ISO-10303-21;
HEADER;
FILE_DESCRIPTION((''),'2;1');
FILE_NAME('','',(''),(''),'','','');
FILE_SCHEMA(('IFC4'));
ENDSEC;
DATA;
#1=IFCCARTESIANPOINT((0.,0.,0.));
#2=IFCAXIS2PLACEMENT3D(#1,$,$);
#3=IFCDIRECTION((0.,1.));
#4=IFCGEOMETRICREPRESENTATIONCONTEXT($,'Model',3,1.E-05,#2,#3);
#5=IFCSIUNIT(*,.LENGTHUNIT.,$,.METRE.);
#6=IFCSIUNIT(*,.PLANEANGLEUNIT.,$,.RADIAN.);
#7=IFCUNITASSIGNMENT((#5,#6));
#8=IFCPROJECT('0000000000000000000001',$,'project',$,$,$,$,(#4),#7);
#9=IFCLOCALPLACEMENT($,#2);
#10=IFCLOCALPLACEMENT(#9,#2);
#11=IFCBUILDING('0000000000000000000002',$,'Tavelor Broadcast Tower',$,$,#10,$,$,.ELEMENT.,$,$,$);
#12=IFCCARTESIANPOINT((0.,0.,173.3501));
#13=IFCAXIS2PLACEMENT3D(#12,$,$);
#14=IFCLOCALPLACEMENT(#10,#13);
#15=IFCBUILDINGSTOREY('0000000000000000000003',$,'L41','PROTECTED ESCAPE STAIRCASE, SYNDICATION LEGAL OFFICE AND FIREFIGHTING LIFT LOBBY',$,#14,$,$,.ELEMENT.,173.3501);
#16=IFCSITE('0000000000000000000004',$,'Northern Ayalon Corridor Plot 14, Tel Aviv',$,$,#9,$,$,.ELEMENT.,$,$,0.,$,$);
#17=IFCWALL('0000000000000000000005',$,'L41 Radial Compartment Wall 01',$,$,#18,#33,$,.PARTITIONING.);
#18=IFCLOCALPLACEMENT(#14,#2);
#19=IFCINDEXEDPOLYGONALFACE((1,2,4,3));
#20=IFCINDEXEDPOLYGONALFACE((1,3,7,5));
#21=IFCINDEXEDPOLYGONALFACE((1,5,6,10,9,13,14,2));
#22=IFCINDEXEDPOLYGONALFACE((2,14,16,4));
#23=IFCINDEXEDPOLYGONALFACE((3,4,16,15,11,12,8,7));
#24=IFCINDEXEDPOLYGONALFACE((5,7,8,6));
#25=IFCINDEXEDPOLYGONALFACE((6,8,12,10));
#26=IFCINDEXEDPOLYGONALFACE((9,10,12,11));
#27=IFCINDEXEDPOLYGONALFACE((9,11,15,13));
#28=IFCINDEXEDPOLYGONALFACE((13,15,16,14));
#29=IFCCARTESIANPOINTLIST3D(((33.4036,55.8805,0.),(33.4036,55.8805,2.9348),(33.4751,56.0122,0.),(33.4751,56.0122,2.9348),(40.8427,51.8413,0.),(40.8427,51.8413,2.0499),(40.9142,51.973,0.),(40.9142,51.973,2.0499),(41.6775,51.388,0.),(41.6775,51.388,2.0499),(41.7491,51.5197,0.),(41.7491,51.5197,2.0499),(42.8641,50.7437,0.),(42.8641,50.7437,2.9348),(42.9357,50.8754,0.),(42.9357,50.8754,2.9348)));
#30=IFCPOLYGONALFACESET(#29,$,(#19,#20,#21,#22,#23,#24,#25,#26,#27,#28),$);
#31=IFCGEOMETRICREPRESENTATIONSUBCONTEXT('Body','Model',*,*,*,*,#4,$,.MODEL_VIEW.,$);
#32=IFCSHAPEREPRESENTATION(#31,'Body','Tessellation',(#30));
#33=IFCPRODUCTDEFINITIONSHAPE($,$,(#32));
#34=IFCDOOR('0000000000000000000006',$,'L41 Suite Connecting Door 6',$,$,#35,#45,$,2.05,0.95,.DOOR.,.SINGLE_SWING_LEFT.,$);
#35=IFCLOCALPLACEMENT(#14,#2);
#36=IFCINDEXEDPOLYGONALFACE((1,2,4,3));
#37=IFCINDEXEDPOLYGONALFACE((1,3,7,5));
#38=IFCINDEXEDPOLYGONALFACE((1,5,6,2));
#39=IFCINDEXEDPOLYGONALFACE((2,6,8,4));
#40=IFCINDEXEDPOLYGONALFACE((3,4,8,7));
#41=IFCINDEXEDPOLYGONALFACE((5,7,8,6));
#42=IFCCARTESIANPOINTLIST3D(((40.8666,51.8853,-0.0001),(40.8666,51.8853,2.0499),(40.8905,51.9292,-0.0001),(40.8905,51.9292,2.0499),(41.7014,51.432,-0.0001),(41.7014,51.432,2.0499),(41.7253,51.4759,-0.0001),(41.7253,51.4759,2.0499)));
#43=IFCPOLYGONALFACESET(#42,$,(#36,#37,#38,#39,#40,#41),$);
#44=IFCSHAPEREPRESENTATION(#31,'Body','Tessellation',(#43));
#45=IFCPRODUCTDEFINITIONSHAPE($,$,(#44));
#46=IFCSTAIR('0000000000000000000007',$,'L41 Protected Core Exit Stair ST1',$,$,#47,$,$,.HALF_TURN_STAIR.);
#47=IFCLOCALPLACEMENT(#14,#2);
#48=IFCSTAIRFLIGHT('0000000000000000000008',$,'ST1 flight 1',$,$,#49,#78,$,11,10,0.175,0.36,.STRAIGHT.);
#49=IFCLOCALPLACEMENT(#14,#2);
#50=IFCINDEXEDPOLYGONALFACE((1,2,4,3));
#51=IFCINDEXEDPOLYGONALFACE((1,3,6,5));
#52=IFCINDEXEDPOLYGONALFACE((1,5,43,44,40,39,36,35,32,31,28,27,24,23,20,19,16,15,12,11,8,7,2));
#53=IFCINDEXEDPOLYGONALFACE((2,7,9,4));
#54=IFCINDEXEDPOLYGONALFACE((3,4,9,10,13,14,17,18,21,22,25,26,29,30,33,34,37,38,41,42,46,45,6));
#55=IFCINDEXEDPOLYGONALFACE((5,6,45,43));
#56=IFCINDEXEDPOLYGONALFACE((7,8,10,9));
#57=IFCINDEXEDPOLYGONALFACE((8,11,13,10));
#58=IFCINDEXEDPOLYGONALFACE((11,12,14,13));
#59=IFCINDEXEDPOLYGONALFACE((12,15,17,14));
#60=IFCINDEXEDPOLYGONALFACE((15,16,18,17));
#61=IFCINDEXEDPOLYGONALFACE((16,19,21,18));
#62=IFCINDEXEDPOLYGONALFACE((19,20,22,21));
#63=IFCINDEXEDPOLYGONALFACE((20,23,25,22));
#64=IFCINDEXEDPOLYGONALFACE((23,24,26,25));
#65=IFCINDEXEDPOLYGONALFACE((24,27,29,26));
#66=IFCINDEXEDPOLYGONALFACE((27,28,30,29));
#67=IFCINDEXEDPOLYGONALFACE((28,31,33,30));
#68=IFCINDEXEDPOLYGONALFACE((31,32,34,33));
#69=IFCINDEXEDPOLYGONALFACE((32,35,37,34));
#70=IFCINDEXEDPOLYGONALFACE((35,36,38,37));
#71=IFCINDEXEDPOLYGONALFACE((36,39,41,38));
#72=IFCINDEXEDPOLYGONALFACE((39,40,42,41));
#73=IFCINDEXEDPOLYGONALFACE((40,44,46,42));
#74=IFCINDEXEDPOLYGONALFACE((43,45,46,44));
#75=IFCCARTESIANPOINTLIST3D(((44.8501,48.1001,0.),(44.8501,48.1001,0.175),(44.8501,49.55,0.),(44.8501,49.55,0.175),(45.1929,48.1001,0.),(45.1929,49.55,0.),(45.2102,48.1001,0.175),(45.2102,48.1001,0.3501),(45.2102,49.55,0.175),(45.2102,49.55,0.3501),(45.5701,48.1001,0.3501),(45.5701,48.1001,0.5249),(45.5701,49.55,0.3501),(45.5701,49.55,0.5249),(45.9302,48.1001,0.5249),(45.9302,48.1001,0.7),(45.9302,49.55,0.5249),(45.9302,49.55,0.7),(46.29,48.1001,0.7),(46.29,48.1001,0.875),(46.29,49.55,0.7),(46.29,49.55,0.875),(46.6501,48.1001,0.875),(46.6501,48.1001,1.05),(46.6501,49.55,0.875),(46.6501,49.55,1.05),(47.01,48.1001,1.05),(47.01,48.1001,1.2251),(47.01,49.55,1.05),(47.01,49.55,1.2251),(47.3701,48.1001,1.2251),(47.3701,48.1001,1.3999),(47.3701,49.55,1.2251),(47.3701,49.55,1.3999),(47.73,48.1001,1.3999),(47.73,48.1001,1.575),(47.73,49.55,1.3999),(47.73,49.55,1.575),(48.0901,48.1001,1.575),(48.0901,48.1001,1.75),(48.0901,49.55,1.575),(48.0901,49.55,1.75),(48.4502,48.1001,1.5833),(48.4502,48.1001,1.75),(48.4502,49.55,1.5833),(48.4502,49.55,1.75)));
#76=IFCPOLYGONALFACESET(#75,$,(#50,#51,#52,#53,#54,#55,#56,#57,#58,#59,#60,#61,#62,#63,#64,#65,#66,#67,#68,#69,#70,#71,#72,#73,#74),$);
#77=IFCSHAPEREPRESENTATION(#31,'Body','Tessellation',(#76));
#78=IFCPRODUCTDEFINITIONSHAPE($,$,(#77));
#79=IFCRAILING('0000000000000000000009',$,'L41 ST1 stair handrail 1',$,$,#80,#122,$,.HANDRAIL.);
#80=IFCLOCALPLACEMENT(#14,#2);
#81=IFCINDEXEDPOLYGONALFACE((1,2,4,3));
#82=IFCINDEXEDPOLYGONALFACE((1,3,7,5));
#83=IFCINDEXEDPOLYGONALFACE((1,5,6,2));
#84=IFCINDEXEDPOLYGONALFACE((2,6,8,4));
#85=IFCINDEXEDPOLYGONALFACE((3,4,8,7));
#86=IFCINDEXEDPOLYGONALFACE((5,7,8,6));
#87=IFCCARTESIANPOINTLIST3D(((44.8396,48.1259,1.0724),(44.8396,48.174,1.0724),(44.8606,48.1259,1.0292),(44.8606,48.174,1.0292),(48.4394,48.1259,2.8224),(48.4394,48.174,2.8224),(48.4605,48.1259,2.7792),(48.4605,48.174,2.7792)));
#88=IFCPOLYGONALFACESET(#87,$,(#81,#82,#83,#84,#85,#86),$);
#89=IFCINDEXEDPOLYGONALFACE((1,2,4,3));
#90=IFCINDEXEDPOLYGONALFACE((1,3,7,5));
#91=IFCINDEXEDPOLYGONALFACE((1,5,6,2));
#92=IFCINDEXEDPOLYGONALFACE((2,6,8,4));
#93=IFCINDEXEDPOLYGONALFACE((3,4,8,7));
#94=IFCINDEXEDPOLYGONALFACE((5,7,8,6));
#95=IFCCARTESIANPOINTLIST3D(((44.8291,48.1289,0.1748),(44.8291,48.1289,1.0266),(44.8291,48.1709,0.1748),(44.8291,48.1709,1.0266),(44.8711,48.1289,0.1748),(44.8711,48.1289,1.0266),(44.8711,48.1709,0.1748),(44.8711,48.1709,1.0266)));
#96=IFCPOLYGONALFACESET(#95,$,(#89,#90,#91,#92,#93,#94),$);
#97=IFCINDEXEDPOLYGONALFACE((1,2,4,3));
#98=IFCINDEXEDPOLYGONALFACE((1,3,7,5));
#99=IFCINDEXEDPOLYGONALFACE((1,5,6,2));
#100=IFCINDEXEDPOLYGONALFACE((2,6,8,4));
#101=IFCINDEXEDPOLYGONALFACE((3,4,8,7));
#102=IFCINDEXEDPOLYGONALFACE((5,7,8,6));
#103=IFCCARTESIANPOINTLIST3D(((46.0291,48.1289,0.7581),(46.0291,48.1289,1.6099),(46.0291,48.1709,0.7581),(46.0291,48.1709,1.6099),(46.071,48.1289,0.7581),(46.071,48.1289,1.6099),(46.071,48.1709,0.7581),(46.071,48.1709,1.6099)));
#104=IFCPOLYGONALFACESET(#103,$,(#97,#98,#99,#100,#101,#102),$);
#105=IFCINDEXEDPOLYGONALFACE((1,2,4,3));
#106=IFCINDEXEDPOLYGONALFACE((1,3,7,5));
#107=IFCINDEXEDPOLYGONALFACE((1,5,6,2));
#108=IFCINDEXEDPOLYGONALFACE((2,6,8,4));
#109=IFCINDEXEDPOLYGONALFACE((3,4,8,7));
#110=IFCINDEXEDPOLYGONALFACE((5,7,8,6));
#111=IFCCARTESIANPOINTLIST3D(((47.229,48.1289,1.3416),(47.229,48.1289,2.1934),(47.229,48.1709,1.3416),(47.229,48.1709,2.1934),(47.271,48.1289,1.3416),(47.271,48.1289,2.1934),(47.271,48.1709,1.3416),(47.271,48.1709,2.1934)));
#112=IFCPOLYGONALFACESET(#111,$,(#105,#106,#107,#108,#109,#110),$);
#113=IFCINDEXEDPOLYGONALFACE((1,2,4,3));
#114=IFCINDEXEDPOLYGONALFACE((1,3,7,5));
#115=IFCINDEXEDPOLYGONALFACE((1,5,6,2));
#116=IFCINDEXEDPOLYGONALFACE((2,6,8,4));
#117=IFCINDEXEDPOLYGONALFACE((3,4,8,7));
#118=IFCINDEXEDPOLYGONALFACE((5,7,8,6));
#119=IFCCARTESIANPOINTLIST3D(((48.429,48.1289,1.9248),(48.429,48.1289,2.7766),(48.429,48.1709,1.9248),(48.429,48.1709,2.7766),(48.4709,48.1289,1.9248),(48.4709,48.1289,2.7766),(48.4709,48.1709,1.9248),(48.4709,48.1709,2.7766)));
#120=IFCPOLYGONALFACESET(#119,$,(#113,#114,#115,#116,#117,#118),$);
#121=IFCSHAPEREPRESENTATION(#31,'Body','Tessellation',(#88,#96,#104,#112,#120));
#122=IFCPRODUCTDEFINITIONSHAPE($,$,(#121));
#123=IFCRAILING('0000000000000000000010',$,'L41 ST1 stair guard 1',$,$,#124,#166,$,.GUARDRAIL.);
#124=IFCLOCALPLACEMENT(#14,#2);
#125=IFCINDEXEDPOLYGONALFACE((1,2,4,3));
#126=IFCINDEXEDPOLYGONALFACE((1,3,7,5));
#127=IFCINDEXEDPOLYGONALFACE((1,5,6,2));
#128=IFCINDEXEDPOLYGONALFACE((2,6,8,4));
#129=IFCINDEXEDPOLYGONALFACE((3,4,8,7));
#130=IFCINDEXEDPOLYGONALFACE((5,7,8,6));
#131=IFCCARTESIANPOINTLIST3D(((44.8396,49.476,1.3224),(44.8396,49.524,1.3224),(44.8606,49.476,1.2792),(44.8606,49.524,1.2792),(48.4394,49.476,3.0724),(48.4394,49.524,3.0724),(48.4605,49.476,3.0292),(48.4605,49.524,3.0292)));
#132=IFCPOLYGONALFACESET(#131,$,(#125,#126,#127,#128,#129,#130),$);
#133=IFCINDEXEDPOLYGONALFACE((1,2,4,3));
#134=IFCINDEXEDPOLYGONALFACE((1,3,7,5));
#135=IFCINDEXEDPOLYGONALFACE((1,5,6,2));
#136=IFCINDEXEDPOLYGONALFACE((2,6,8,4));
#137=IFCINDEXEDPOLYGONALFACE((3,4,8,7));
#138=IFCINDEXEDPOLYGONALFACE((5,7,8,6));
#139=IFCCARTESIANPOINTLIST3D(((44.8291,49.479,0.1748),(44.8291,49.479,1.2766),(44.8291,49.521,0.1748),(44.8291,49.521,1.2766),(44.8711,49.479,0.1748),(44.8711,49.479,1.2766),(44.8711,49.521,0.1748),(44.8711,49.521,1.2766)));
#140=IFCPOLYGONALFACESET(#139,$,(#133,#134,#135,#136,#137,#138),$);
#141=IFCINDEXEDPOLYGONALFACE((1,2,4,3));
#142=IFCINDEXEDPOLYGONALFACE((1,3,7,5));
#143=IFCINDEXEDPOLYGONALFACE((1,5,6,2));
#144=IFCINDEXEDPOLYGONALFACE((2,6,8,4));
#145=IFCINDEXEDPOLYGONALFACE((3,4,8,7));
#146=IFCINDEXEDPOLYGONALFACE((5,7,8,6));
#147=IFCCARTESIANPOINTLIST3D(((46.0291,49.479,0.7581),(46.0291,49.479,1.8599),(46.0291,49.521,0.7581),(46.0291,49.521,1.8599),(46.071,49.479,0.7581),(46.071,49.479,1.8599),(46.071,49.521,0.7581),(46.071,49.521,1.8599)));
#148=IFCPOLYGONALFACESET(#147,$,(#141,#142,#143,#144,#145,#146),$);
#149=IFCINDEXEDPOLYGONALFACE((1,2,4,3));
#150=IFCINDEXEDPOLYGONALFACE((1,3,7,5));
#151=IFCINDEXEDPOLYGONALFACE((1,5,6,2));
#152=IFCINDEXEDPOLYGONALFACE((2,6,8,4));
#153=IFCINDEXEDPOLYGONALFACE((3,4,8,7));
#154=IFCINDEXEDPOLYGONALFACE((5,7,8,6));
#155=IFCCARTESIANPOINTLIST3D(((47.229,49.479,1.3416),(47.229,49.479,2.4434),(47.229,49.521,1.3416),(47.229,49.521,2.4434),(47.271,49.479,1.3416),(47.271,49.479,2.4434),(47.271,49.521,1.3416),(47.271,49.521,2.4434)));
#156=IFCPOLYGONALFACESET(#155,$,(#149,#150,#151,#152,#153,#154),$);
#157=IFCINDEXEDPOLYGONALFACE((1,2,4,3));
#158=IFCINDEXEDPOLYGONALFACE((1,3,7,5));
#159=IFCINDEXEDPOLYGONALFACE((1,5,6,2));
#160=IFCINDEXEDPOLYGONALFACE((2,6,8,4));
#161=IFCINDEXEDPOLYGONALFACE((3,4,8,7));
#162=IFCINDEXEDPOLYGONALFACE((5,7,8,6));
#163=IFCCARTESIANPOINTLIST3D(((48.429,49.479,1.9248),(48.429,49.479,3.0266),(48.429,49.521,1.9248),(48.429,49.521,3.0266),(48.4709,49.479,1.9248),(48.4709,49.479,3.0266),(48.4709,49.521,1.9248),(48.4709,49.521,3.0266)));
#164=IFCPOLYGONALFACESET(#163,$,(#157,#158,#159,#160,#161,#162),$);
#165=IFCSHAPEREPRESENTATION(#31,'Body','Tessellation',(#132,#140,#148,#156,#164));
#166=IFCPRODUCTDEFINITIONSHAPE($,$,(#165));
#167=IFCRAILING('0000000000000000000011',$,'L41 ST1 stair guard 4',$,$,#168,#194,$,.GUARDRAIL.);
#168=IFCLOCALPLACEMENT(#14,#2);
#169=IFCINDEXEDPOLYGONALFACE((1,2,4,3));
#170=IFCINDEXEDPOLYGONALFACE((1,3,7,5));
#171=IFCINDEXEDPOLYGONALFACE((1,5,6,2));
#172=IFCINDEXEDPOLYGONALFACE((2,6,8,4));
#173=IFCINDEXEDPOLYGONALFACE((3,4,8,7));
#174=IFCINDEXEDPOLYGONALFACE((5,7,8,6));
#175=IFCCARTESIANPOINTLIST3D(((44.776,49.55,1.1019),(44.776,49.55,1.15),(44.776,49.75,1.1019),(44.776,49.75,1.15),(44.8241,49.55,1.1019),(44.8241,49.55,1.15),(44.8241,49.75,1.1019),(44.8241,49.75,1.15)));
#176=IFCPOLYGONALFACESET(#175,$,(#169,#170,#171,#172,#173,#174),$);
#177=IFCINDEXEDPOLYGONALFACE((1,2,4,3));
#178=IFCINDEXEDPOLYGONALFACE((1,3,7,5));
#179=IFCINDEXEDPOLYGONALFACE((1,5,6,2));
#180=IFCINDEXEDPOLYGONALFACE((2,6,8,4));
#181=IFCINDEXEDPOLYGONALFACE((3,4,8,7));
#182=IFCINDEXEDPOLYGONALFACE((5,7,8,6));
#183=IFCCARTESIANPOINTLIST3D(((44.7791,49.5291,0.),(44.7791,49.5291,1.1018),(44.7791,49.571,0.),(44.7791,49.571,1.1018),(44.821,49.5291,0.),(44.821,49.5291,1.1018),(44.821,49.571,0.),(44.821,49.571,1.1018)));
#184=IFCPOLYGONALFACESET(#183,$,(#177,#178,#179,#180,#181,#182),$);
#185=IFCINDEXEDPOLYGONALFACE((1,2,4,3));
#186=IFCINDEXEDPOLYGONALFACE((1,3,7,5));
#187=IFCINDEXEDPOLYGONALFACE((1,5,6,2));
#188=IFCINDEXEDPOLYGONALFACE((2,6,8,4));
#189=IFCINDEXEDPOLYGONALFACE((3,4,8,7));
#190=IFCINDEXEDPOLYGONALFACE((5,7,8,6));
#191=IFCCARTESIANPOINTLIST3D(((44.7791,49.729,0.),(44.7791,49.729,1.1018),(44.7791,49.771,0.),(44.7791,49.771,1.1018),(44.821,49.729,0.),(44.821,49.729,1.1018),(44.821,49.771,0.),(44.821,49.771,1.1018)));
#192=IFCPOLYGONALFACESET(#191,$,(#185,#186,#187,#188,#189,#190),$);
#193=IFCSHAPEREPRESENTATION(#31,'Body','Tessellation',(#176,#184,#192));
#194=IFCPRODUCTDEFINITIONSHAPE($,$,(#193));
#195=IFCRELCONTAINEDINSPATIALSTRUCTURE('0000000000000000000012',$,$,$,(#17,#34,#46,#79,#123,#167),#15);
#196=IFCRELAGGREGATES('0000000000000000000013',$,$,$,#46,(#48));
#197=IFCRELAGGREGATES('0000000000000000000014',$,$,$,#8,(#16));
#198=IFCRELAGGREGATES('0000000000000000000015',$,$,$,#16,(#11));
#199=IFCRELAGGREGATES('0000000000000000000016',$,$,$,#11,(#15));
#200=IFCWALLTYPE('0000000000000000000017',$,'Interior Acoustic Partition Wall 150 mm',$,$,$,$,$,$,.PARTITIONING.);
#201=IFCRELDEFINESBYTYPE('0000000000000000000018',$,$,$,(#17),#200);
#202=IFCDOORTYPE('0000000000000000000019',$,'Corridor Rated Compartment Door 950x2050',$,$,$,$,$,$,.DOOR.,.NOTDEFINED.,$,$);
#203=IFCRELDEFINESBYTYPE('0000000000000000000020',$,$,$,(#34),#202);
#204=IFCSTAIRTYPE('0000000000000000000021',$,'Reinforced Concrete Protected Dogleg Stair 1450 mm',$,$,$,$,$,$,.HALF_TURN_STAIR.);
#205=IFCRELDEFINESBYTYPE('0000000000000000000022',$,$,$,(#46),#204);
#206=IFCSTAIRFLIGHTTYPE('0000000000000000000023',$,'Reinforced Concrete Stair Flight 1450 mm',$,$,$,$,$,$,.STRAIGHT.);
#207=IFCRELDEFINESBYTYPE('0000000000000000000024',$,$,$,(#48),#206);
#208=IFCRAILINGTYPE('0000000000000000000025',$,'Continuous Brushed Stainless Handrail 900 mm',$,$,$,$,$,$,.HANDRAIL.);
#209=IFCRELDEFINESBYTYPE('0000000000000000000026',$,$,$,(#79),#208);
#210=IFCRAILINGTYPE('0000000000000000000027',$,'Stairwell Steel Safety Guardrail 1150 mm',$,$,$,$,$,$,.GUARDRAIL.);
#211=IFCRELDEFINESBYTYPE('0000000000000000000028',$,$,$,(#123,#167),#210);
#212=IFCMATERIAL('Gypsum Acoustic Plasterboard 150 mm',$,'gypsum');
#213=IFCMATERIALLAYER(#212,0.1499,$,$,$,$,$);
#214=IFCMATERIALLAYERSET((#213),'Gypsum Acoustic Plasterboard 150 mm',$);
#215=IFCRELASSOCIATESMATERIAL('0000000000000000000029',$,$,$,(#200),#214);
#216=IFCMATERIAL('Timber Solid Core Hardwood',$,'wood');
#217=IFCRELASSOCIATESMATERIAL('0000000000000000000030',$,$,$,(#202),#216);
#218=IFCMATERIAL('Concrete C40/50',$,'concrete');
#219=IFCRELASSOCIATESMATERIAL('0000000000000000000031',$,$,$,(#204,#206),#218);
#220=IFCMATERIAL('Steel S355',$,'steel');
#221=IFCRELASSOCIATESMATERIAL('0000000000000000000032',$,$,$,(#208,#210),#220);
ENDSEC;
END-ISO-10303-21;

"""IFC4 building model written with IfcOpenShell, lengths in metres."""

from ifc_helpers import new_model, si_unit, direction, frame, frame_2d, origin, origin_2d, place, context, subcontext, project, spatial, polyline, rectangle, outline, extrude, material, layer, layer_set, type_object, element, fill, aggregate, save


model = new_model("IFC4")

# Units and contexts
model_context = context("Model", 3, precision=1e-05, world=origin(), true_north=direction((0.0, 1.0)))
body_context = subcontext(model_context, "Body", "Model", "MODEL_VIEW")
ifc_project = project(units=[si_unit("LENGTHUNIT", "METRE"), si_unit("PLANEANGLEUNIT", "RADIAN")], contexts=[model_context])

# Site, building, storey
site_placement = place(None, origin())
site = spatial("IfcSite", under=ifc_project, at=site_placement, Name="Northern Ayalon Corridor Plot 14, Tel Aviv", CompositionType="ELEMENT", RefElevation=0.0)
building_placement = place(site_placement, origin())
building = spatial("IfcBuilding", under=site, at=building_placement, Name="Tavelor Broadcast Tower", CompositionType="ELEMENT")
storey_placement = place(building_placement, frame((0.0, 0.0, 173.3501)))
storey = spatial("IfcBuildingStorey", under=building, at=storey_placement, Name="L41", Description="PROTECTED ESCAPE STAIRCASE, SYNDICATION LEGAL OFFICE AND FIREFIGHTING LIFT LOBBY", CompositionType="ELEMENT", Elevation=173.3501)

# Shared definitions
ifc_material_1 = material(Name="Steel S355", Category="steel")

# Shared definitions
ifc_material_2 = material(Name="Gypsum Acoustic Plasterboard 150 mm", Category="gypsum")
ifc_layer_1 = layer(ifc_material_2, 0.1499)
ifc_layer_set_1 = layer_set([ifc_layer_1], Name="Gypsum Acoustic Plasterboard 150 mm")
wall_type_1 = type_object("IfcWallType", Name="Interior Acoustic Partition Wall 150 mm", PredefinedType="PARTITIONING", material=ifc_layer_set_1)

# Wall, opening, door
wall_1_placement = place(storey_placement, frame((42.8999, 50.8096, 0.0), z_axis=(0.0, 0.0, 1.0), x_axis=(-0.878813, 0.477167, 0.0)))
wall_1 = element("IfcWall", 1, at=wall_1_placement, inside=storey, type_object=wall_type_1, Name="L41 Radial Compartment Wall 01", PredefinedType="PARTITIONING", context=body_context, shape_type="SweptSolid", body=[
    extrude(rectangle(XDim=10.7651, YDim=0.1499, at=frame_2d((5.3826, 0.0))), origin(), (0.0, 0.0, 1.0), 2.9348),
])
opening_1_placement = place(wall_1_placement, frame((1.3501, 0.0, 0.0)))
opening_1 = element("IfcOpeningElement", 2, at=opening_1_placement, cuts=wall_1, PredefinedType="OPENING", context=body_context, shape_type="SweptSolid", body=[
    extrude(rectangle(XDim=0.95, YDim=2.05, at=frame_2d((0.4751, 1.0249))), frame((0.0, 0.085, 0.0), z_axis=(0.0, -1.0, 0.0), x_axis=(1.0, 0.0, 0.0)), (0.0, 0.0, 1.0), 0.1699),
])
ifc_material_3 = material(Name="Timber Solid Core Hardwood", Category="wood")
door_type_1 = type_object("IfcDoorType", Name="Corridor Rated Compartment Door 950x2050", OperationType="NOTDEFINED", PredefinedType="DOOR", material=ifc_material_3)
door_1_placement = place(opening_1_placement, origin())
door_1 = element("IfcDoor", 3, at=door_1_placement, inside=storey, type_object=door_type_1, Name="L41 Suite Connecting Door 6", OperationType="SINGLE_SWING_LEFT", OverallHeight=2.05, OverallWidth=0.95, PredefinedType="DOOR", context=body_context, shape_type="SweptSolid", body=[
    extrude(rectangle(XDim=0.95, YDim=2.05, at=frame_2d((0.4751, 1.0249))), frame((0.0, 0.0249, 0.0), z_axis=(0.0, -1.0, 0.0), x_axis=(1.0, 0.0, 0.0)), (0.0, 0.0, 1.0), 0.05),
])
fill(opening_1, door_1)

# Stair, stair flight
ifc_material_4 = material(Name="Concrete C40/50", Category="concrete")
stair_type = type_object("IfcStairType", Name="Reinforced Concrete Protected Dogleg Stair 1450 mm", PredefinedType="HALF_TURN_STAIR", material=ifc_material_4)
stair_placement = place(storey_placement, origin())
stair = element("IfcStair", 4, at=stair_placement, inside=storey, type_object=stair_type, Name="L41 Protected Core Exit Stair ST1", PredefinedType="HALF_TURN_STAIR")
stair_flight_type = type_object("IfcStairFlightType", Name="Reinforced Concrete Stair Flight 1450 mm", PredefinedType="STRAIGHT", material=ifc_material_4)
stair_flight_placement = place(storey_placement, frame((44.8501, 48.825, 0.0), z_axis=(0.0, 0.0, 1.0), x_axis=(1.0, 0.0, 0.0)))
stair_flight = element("IfcStairFlight", 5, at=stair_flight_placement, type_object=stair_flight_type, Name="ST1 flight 1", NumberOfRisers=11, NumberOfTreads=10, PredefinedType="STRAIGHT", RiserHeight=0.175, TreadLength=0.36, context=body_context, shape_type="SweptSolid", body=[
    extrude(outline(polyline([(0.0, 0.0), (0.0, 0.175), (0.3601, 0.175), (0.3601, 0.3501), (0.72, 0.3501), (0.72, 0.5249), (1.0801, 0.5249), (1.0801, 0.7), (1.4399, 0.7), (1.4399, 0.875), (1.8, 0.875), (1.8, 1.05), (2.1599, 1.05), (2.1599, 1.2251), (2.52, 1.2251), (2.52, 1.3999), (2.8799, 1.3999), (2.8799, 1.575), (3.24, 1.575), (3.24, 1.75), (3.6001, 1.75), (3.6001, 1.925), (3.6001, 1.5833), (0.3428, 0.0), (0.0, 0.0)])), frame((0.0, 0.7251, 0.0), z_axis=(0.0, -1.0, 0.0), x_axis=(1.0, 0.0, 0.0)), (0.0, 0.0, 1.0), 1.45),
])
aggregate(stair, [stair_flight])

# Railings
railing_type_1 = type_object("IfcRailingType", Name="Continuous Brushed Stainless Handrail 900 mm", PredefinedType="HANDRAIL", material=ifc_material_1)
railing_1_placement = place(storey_placement, frame((44.8501, 48.1499, 0.1748)))
element("IfcRailing", 6, at=railing_1_placement, inside=storey, type_object=railing_type_1, Name="L41 ST1 stair handrail 1", PredefinedType="HANDRAIL", context=body_context, shape_type="SweptSolid", body=[
    extrude(rectangle(XDim=0.0481, YDim=0.0481, at=origin_2d()), frame((0.0, 0.0, 0.876), z_axis=(0.899361, 0.0, 0.437207), x_axis=(0.0, 1.0, 0.0)), (0.0, 0.0, 1.0), 4.0027),
    extrude(rectangle(XDim=0.042, YDim=0.042, at=origin_2d()), origin(), (0.0, 0.0, 1.0), 0.8518),
    extrude(rectangle(XDim=0.042, YDim=0.042, at=origin_2d()), frame((1.2, 0.0, 0.5833)), (0.0, 0.0, 1.0), 0.8518),
    extrude(rectangle(XDim=0.042, YDim=0.042, at=origin_2d()), frame((2.3999, 0.0, 1.1667)), (0.0, 0.0, 1.0), 0.8518),
    extrude(rectangle(XDim=0.042, YDim=0.042, at=origin_2d()), frame((3.5999, 0.0, 1.75)), (0.0, 0.0, 1.0), 0.8518),
])
railing_type_2 = type_object("IfcRailingType", Name="Stairwell Steel Safety Guardrail 1150 mm", PredefinedType="GUARDRAIL", material=ifc_material_1)
railing_2_placement = place(storey_placement, frame((44.8501, 49.5, 0.1748)))
element("IfcRailing", 7, at=railing_2_placement, inside=storey, type_object=railing_type_2, Name="L41 ST1 stair guard 1", PredefinedType="GUARDRAIL", context=body_context, shape_type="SweptSolid", body=[
    extrude(rectangle(XDim=0.0481, YDim=0.0481, at=origin_2d()), frame((0.0, 0.0, 1.126), z_axis=(0.899361, 0.0, 0.437207), x_axis=(0.0, 1.0, 0.0)), (0.0, 0.0, 1.0), 4.0027),
    extrude(rectangle(XDim=0.042, YDim=0.042, at=origin_2d()), origin(), (0.0, 0.0, 1.0), 1.1018),
    extrude(rectangle(XDim=0.042, YDim=0.042, at=origin_2d()), frame((1.2, 0.0, 0.5833)), (0.0, 0.0, 1.0), 1.1018),
    extrude(rectangle(XDim=0.042, YDim=0.042, at=origin_2d()), frame((2.3999, 0.0, 1.1667)), (0.0, 0.0, 1.0), 1.1018),
    extrude(rectangle(XDim=0.042, YDim=0.042, at=origin_2d()), frame((3.5999, 0.0, 1.75)), (0.0, 0.0, 1.0), 1.1018),
])
railing_3_placement = place(storey_placement, frame((44.8, 49.55, 0.0)))
element("IfcRailing", 8, at=railing_3_placement, inside=storey, type_object=railing_type_2, Name="L41 ST1 stair guard 4", PredefinedType="GUARDRAIL", context=body_context, shape_type="SweptSolid", body=[
    extrude(rectangle(XDim=0.0481, YDim=0.0481, at=origin_2d()), frame((0.0, 0.0, 1.126), z_axis=(0.0, 1.0, 0.0), x_axis=(-1.0, 0.0, 0.0)), (0.0, 0.0, 1.0), 0.2),
    extrude(rectangle(XDim=0.042, YDim=0.042, at=origin_2d()), origin(), (0.0, 0.0, 1.0), 1.1018),
    extrude(rectangle(XDim=0.042, YDim=0.042, at=origin_2d()), frame((0.0, 0.2, 0.0)), (0.0, 0.0, 1.0), 1.1018),
])

save(model, "model.ifc")
